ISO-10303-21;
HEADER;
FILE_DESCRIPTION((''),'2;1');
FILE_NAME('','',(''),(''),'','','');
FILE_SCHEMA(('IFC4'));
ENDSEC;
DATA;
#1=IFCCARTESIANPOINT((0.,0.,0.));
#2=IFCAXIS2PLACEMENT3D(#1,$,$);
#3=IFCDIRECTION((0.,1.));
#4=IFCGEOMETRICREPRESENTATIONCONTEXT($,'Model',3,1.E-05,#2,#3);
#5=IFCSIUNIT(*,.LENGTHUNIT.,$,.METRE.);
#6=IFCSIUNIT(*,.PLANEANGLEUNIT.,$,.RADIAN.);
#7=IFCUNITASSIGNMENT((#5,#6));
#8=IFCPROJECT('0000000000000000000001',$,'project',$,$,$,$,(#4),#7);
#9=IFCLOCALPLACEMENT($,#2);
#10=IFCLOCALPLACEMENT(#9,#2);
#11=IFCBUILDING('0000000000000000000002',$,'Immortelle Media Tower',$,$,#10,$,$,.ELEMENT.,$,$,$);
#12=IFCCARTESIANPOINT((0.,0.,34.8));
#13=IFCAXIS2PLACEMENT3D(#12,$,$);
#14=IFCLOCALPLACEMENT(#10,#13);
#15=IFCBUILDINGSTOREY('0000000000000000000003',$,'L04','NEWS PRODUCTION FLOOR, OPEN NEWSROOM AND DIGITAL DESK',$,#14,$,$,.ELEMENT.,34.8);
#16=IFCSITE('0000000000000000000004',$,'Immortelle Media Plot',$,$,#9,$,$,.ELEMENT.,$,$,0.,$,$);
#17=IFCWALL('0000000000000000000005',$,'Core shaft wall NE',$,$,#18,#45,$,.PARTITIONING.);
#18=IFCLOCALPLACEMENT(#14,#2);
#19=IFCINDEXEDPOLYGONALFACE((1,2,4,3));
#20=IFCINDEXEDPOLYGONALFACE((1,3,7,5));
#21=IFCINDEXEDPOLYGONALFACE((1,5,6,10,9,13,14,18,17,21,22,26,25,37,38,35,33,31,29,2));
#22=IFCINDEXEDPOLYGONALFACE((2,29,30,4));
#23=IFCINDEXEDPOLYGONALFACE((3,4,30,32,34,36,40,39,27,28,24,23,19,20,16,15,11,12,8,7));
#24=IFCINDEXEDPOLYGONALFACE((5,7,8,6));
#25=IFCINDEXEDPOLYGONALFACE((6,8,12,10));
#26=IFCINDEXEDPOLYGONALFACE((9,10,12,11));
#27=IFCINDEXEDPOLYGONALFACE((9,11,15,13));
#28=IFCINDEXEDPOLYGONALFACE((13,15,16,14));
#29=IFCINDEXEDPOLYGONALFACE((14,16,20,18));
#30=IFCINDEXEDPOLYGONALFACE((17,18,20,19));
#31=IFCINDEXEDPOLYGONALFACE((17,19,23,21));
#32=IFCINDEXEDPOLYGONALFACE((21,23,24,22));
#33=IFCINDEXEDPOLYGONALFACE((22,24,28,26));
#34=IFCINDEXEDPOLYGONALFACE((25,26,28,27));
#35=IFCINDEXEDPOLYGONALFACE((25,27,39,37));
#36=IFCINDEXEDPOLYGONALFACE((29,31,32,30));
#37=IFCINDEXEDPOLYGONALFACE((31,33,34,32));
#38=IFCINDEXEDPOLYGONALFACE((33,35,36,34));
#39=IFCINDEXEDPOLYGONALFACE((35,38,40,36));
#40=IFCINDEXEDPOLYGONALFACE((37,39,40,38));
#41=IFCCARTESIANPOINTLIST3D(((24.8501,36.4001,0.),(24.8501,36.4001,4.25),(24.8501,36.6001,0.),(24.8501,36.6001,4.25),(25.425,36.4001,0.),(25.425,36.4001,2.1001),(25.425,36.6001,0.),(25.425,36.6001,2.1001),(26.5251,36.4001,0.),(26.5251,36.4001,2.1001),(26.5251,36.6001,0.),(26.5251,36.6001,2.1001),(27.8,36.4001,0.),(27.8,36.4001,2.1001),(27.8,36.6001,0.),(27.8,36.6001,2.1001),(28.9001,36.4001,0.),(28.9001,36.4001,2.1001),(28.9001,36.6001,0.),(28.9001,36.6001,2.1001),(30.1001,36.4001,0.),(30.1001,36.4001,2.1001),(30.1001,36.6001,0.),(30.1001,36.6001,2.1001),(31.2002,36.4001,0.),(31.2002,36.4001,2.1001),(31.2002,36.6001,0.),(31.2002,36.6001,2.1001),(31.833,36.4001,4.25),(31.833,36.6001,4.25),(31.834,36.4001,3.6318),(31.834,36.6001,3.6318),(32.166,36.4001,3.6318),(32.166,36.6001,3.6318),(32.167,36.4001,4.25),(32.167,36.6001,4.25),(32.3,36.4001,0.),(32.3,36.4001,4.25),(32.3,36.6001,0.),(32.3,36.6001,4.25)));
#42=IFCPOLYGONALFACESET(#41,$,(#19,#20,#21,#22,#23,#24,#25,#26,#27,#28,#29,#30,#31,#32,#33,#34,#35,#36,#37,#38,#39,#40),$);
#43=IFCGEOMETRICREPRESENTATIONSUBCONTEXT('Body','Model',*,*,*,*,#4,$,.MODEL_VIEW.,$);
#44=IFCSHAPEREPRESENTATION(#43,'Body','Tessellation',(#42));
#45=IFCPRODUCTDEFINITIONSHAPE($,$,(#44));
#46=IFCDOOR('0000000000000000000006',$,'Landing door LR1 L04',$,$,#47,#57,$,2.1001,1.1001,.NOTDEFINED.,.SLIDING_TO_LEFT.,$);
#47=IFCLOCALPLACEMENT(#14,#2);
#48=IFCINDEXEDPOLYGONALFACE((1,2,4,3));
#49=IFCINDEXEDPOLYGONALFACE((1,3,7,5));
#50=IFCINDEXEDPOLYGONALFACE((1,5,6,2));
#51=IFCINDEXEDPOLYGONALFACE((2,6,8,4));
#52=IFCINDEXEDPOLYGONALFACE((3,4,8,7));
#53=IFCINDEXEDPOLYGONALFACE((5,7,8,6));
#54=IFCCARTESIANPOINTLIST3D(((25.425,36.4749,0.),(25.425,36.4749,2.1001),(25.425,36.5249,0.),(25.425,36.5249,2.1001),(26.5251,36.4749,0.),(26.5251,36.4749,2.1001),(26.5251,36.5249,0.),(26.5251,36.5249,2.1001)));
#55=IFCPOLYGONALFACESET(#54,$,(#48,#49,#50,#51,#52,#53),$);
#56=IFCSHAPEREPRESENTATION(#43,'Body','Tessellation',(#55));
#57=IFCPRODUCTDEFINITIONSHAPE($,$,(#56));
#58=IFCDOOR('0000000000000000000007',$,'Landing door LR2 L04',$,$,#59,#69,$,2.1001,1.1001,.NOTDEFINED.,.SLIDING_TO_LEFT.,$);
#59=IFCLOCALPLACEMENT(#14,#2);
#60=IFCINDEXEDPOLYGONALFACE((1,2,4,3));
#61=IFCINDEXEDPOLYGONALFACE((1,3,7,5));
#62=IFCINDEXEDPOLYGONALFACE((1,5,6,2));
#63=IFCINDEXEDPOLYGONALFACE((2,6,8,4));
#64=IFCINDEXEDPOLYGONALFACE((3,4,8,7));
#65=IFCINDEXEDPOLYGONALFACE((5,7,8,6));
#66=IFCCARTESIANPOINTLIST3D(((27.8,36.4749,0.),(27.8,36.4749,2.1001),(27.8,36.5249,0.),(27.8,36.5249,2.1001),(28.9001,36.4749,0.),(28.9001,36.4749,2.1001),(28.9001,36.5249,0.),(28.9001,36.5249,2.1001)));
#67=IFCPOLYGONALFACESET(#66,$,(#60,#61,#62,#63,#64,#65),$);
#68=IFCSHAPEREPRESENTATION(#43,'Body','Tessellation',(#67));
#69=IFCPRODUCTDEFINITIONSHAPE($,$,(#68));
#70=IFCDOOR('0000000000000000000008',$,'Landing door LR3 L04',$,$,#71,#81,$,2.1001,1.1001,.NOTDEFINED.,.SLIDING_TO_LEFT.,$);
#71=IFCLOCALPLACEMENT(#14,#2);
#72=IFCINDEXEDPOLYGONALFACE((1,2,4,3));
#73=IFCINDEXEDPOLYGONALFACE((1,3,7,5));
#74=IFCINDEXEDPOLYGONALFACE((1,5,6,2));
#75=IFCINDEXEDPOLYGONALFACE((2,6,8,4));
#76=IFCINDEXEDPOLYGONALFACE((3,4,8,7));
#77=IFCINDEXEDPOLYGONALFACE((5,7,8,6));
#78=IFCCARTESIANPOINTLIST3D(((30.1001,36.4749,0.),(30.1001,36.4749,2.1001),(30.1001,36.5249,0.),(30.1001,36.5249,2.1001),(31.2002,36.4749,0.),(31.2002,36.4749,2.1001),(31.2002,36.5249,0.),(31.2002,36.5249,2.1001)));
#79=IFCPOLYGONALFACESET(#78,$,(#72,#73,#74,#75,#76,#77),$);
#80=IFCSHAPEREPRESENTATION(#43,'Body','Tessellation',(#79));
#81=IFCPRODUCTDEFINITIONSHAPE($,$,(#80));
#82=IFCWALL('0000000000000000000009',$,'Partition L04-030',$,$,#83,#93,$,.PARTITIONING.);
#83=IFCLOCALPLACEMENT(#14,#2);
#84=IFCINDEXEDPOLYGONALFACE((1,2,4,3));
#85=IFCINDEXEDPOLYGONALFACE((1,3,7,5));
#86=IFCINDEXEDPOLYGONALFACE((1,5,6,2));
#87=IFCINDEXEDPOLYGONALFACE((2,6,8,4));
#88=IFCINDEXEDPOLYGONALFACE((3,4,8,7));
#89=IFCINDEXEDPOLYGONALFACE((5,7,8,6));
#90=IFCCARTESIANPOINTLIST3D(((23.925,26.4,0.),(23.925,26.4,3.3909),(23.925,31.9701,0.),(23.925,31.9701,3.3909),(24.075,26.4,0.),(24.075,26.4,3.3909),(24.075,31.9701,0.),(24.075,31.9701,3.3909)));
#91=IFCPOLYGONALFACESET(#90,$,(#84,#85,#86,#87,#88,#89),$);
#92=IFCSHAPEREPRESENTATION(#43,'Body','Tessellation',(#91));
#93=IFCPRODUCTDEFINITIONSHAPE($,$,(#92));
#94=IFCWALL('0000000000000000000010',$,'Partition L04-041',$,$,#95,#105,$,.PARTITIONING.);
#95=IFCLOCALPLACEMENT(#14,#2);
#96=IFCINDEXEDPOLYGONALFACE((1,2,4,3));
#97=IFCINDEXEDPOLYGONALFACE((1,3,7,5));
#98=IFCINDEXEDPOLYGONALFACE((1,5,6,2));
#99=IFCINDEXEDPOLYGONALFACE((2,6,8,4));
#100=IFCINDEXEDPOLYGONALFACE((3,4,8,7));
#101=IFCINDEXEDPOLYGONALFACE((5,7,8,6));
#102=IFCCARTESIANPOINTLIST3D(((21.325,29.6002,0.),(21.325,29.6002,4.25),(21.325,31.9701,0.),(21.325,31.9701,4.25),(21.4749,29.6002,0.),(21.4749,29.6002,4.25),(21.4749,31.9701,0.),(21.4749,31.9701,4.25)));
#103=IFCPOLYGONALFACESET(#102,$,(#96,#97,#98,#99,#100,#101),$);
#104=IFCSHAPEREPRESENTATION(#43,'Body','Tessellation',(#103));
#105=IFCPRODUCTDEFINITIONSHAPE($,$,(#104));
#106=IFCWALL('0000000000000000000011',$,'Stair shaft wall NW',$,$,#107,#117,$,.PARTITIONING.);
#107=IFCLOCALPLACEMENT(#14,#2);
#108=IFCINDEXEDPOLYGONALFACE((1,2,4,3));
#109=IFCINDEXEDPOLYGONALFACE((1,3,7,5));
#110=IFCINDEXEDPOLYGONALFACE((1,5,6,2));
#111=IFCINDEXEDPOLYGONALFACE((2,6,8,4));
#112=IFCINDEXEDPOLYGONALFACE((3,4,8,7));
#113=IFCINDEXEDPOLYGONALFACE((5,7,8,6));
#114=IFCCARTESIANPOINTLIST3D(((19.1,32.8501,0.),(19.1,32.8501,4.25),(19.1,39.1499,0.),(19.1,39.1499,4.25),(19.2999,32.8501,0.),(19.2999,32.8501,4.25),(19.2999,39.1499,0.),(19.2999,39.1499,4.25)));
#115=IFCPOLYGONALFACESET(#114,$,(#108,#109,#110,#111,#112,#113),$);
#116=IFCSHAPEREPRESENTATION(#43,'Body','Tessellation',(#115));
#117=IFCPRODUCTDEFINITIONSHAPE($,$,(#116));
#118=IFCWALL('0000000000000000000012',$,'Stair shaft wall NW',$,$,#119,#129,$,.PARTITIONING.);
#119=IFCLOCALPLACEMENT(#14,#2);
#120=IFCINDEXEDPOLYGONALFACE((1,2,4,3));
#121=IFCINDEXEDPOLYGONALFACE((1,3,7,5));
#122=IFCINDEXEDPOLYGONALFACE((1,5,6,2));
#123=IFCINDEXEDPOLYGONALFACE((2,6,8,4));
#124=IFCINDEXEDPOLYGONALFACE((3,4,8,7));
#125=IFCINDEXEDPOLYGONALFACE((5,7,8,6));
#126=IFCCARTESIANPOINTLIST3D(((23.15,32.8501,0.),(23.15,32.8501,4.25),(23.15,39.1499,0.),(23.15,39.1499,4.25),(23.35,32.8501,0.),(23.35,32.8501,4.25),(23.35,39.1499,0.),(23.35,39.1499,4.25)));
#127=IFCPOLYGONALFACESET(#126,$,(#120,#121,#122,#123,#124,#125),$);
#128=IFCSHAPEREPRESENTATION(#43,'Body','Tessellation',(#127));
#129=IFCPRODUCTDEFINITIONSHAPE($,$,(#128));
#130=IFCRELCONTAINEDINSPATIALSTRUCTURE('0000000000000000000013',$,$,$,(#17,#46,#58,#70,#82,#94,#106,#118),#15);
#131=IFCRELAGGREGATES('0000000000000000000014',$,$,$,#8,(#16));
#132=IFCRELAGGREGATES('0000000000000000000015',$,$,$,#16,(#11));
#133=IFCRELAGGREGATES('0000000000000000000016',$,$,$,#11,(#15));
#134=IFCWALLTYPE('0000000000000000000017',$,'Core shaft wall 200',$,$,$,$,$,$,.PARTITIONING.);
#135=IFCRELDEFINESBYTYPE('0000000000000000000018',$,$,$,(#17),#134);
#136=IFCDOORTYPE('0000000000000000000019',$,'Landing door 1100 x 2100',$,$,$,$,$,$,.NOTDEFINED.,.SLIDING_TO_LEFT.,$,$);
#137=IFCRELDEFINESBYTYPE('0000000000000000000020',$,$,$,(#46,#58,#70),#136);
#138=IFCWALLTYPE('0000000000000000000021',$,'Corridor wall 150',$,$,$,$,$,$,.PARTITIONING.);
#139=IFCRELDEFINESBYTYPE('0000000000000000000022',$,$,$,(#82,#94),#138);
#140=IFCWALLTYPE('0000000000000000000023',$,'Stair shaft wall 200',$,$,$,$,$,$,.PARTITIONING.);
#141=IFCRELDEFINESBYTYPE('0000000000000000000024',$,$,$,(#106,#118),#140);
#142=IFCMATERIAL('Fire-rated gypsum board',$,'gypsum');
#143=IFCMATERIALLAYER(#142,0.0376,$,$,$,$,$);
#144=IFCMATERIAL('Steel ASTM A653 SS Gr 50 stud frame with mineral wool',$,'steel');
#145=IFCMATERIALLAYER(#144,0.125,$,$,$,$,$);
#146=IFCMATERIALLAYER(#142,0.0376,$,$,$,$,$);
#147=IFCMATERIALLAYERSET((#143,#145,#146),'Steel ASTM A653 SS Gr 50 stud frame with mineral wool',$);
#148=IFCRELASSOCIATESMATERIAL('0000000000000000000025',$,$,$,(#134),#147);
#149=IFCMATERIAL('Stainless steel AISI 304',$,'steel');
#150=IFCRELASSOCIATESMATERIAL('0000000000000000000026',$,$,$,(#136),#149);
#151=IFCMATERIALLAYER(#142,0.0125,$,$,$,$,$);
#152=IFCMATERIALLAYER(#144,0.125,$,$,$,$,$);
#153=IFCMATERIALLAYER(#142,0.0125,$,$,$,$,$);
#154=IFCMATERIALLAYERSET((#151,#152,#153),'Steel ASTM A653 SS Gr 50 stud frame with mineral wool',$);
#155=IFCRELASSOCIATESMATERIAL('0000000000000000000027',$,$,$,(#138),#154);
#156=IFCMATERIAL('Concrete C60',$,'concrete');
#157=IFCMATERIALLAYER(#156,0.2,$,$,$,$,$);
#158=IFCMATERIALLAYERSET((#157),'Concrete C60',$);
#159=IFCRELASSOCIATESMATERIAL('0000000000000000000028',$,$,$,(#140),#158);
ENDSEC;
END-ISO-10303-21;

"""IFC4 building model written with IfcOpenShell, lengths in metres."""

from ifc_helpers import new_model, si_unit, direction, frame, frame_2d, origin, place, context, subcontext, project, spatial, polyline, rectangle, outline, extrude, material, layer, layer_set, type_object, element, fill, save


model = new_model("IFC4")

# Units and contexts
model_context = context("Model", 3, precision=1e-05, world=origin(), true_north=direction((0.0, 1.0)))
body_context = subcontext(model_context, "Body", "Model", "MODEL_VIEW")
ifc_project = project(units=[si_unit("LENGTHUNIT", "METRE"), si_unit("PLANEANGLEUNIT", "RADIAN")], contexts=[model_context])

# Site, building, storey
site_placement = place(None, origin())
site = spatial("IfcSite", under=ifc_project, at=site_placement, Name="Immortelle Media Plot", CompositionType="ELEMENT", RefElevation=0.0)
building_placement = place(site_placement, origin())
building = spatial("IfcBuilding", under=site, at=building_placement, Name="Immortelle Media Tower", CompositionType="ELEMENT")
storey_placement = place(building_placement, frame((0.0, 0.0, 34.8)))
storey = spatial("IfcBuildingStorey", under=building, at=storey_placement, Name="L04", Description="NEWS PRODUCTION FLOOR, OPEN NEWSROOM AND DIGITAL DESK", CompositionType="ELEMENT", Elevation=34.8)

# Shared definitions
ifc_material_1 = material(Name="Fire-rated gypsum board", Category="gypsum")
ifc_material_2 = material(Name="Steel ASTM A653 SS Gr 50 stud frame with mineral wool", Category="steel")
ifc_layer_1 = layer(ifc_material_1, 0.0376)
ifc_layer_2 = layer(ifc_material_2, 0.125)
ifc_layer_3 = layer(ifc_material_1, 0.0376)
ifc_layer_set_1 = layer_set([ifc_layer_1, ifc_layer_2, ifc_layer_3], Name="Steel ASTM A653 SS Gr 50 stud frame with mineral wool")
wall_type_1 = type_object("IfcWallType", Name="Core shaft wall 200", PredefinedType="PARTITIONING", material=ifc_layer_set_1)

# Wall, openings, doors
wall_1_placement = place(storey_placement, frame((24.8501, 36.5, 0.0), z_axis=(0.0, 0.0, 1.0), x_axis=(1.0, 0.0, 0.0)))
wall_1 = element("IfcWall", 1, at=wall_1_placement, inside=storey, type_object=wall_type_1, Name="Core shaft wall NE", PredefinedType="PARTITIONING", context=body_context, shape_type="SweptSolid", body=[
    extrude(outline(polyline([(0.0, 0.0), (7.45, 0.0), (7.45, 4.25), (7.3169, 4.25), (7.3159, 3.6318), (6.9839, 3.6318), (6.9829, 4.25), (0.0, 4.25), (0.0, 0.0)])), frame((0.0, 0.1001, 0.0), z_axis=(0.0, -1.0, 0.0), x_axis=(1.0, 0.0, 0.0)), (0.0, 0.0, 1.0), 0.2),
])
opening_1_placement = place(wall_1_placement, frame((0.575, 0.0, 0.0)))
opening_1 = element("IfcOpeningElement", 2, at=opening_1_placement, cuts=wall_1, PredefinedType="OPENING", context=body_context, shape_type="SweptSolid", body=[
    extrude(rectangle(XDim=1.1001, YDim=2.1001, at=frame_2d((0.55, 1.05))), frame((0.0, 0.1099, 0.0), z_axis=(0.0, -1.0, 0.0), x_axis=(1.0, 0.0, 0.0)), (0.0, 0.0, 1.0), 0.22),
])
opening_2_placement = place(wall_1_placement, frame((2.95, 0.0, 0.0)))
opening_2 = element("IfcOpeningElement", 3, at=opening_2_placement, cuts=wall_1, PredefinedType="OPENING", context=body_context, shape_type="SweptSolid", body=[
    extrude(rectangle(XDim=1.1001, YDim=2.1001, at=frame_2d((0.55, 1.05))), frame((0.0, 0.1099, 0.0), z_axis=(0.0, -1.0, 0.0), x_axis=(1.0, 0.0, 0.0)), (0.0, 0.0, 1.0), 0.22),
])
opening_3_placement = place(wall_1_placement, frame((5.25, 0.0, 0.0)))
opening_3 = element("IfcOpeningElement", 4, at=opening_3_placement, cuts=wall_1, PredefinedType="OPENING", context=body_context, shape_type="SweptSolid", body=[
    extrude(rectangle(XDim=1.1001, YDim=2.1001, at=frame_2d((0.55, 1.05))), frame((0.0, 0.1099, 0.0), z_axis=(0.0, -1.0, 0.0), x_axis=(1.0, 0.0, 0.0)), (0.0, 0.0, 1.0), 0.22),
])
ifc_material_3 = material(Name="Stainless steel AISI 304", Category="steel")
door_type_1 = type_object("IfcDoorType", Name="Landing door 1100 x 2100", OperationType="SLIDING_TO_LEFT", PredefinedType="NOTDEFINED", material=ifc_material_3)
door_1_placement = place(opening_1_placement, origin())
door_1 = element("IfcDoor", 5, at=door_1_placement, inside=storey, type_object=door_type_1, Name="Landing door LR1 L04", OperationType="SLIDING_TO_LEFT", OverallHeight=2.1001, OverallWidth=1.1001, PredefinedType="NOTDEFINED", context=body_context, shape_type="SweptSolid", body=[
    extrude(rectangle(XDim=1.1001, YDim=2.1001, at=frame_2d((0.55, 1.05))), frame((0.0, 0.0249, 0.0), z_axis=(0.0, -1.0, 0.0), x_axis=(1.0, 0.0, 0.0)), (0.0, 0.0, 1.0), 0.05),
])
fill(opening_1, door_1)
door_2_placement = place(opening_2_placement, origin())
door_2 = element("IfcDoor", 6, at=door_2_placement, inside=storey, type_object=door_type_1, Name="Landing door LR2 L04", OperationType="SLIDING_TO_LEFT", OverallHeight=2.1001, OverallWidth=1.1001, PredefinedType="NOTDEFINED", context=body_context, shape_type="SweptSolid", body=[
    extrude(rectangle(XDim=1.1001, YDim=2.1001, at=frame_2d((0.55, 1.05))), frame((0.0, 0.0249, 0.0), z_axis=(0.0, -1.0, 0.0), x_axis=(1.0, 0.0, 0.0)), (0.0, 0.0, 1.0), 0.05),
])
fill(opening_2, door_2)
door_3_placement = place(opening_3_placement, origin())
door_3 = element("IfcDoor", 7, at=door_3_placement, inside=storey, type_object=door_type_1, Name="Landing door LR3 L04", OperationType="SLIDING_TO_LEFT", OverallHeight=2.1001, OverallWidth=1.1001, PredefinedType="NOTDEFINED", context=body_context, shape_type="SweptSolid", body=[
    extrude(rectangle(XDim=1.1001, YDim=2.1001, at=frame_2d((0.55, 1.05))), frame((0.0, 0.0249, 0.0), z_axis=(0.0, -1.0, 0.0), x_axis=(1.0, 0.0, 0.0)), (0.0, 0.0, 1.0), 0.05),
])
fill(opening_3, door_3)

# Walls
ifc_layer_4 = layer(ifc_material_1, 0.0125)
ifc_layer_5 = layer(ifc_material_2, 0.125)
ifc_layer_6 = layer(ifc_material_1, 0.0125)
ifc_layer_set_2 = layer_set([ifc_layer_4, ifc_layer_5, ifc_layer_6], Name="Steel ASTM A653 SS Gr 50 stud frame with mineral wool")
wall_type_2 = type_object("IfcWallType", Name="Corridor wall 150", PredefinedType="PARTITIONING", material=ifc_layer_set_2)
wall_2_placement = place(storey_placement, frame((24.0, 26.3999, 0.0), z_axis=(0.0, 0.0, 1.0), x_axis=(0.0, 1.0, 0.0)))
element("IfcWall", 8, at=wall_2_placement, inside=storey, type_object=wall_type_2, Name="Partition L04-030", PredefinedType="PARTITIONING", context=body_context, shape_type="SweptSolid", body=[
    extrude(rectangle(XDim=5.5701, YDim=0.1499, at=frame_2d((2.7852, 0.0))), origin(), (0.0, 0.0, 1.0), 3.3909),
])
wall_3_placement = place(storey_placement, frame((21.3999, 29.6001, 0.0), z_axis=(0.0, 0.0, 1.0), x_axis=(0.0, 1.0, 0.0)))
element("IfcWall", 9, at=wall_3_placement, inside=storey, type_object=wall_type_2, Name="Partition L04-041", PredefinedType="PARTITIONING", context=body_context, shape_type="SweptSolid", body=[
    extrude(rectangle(XDim=2.3699, YDim=0.1499, at=frame_2d((1.1851, 0.0))), origin(), (0.0, 0.0, 1.0), 4.25),
])
ifc_material_4 = material(Name="Concrete C60", Category="concrete")
ifc_layer_7 = layer(ifc_material_4, 0.2)
ifc_layer_set_3 = layer_set([ifc_layer_7], Name="Concrete C60")
wall_type_3 = type_object("IfcWallType", Name="Stair shaft wall 200", PredefinedType="PARTITIONING", material=ifc_layer_set_3)
for number, where, z_axis, x_axis, name in (
    (10, (19.2, 32.8501, 0.0), (0.0, 0.0, 1.0), (0.0, 1.0, 0.0), "Stair shaft wall NW"),
    (11, (23.25, 32.8501, 0.0), (0.0, 0.0, 1.0), (0.0, 1.0, 0.0), "Stair shaft wall NW"),
):
    element("IfcWall", number, at=place(storey_placement, frame(where, z_axis=z_axis, x_axis=x_axis)), inside=storey, type_object=wall_type_3, Name=name, PredefinedType="PARTITIONING", context=body_context, shape_type="SweptSolid", body=[
        extrude(rectangle(XDim=6.2998, YDim=0.2, at=frame_2d((3.1499, 0.0))), origin(), (0.0, 0.0, 1.0), 4.25),
    ])

save(model, "model.ifc")
